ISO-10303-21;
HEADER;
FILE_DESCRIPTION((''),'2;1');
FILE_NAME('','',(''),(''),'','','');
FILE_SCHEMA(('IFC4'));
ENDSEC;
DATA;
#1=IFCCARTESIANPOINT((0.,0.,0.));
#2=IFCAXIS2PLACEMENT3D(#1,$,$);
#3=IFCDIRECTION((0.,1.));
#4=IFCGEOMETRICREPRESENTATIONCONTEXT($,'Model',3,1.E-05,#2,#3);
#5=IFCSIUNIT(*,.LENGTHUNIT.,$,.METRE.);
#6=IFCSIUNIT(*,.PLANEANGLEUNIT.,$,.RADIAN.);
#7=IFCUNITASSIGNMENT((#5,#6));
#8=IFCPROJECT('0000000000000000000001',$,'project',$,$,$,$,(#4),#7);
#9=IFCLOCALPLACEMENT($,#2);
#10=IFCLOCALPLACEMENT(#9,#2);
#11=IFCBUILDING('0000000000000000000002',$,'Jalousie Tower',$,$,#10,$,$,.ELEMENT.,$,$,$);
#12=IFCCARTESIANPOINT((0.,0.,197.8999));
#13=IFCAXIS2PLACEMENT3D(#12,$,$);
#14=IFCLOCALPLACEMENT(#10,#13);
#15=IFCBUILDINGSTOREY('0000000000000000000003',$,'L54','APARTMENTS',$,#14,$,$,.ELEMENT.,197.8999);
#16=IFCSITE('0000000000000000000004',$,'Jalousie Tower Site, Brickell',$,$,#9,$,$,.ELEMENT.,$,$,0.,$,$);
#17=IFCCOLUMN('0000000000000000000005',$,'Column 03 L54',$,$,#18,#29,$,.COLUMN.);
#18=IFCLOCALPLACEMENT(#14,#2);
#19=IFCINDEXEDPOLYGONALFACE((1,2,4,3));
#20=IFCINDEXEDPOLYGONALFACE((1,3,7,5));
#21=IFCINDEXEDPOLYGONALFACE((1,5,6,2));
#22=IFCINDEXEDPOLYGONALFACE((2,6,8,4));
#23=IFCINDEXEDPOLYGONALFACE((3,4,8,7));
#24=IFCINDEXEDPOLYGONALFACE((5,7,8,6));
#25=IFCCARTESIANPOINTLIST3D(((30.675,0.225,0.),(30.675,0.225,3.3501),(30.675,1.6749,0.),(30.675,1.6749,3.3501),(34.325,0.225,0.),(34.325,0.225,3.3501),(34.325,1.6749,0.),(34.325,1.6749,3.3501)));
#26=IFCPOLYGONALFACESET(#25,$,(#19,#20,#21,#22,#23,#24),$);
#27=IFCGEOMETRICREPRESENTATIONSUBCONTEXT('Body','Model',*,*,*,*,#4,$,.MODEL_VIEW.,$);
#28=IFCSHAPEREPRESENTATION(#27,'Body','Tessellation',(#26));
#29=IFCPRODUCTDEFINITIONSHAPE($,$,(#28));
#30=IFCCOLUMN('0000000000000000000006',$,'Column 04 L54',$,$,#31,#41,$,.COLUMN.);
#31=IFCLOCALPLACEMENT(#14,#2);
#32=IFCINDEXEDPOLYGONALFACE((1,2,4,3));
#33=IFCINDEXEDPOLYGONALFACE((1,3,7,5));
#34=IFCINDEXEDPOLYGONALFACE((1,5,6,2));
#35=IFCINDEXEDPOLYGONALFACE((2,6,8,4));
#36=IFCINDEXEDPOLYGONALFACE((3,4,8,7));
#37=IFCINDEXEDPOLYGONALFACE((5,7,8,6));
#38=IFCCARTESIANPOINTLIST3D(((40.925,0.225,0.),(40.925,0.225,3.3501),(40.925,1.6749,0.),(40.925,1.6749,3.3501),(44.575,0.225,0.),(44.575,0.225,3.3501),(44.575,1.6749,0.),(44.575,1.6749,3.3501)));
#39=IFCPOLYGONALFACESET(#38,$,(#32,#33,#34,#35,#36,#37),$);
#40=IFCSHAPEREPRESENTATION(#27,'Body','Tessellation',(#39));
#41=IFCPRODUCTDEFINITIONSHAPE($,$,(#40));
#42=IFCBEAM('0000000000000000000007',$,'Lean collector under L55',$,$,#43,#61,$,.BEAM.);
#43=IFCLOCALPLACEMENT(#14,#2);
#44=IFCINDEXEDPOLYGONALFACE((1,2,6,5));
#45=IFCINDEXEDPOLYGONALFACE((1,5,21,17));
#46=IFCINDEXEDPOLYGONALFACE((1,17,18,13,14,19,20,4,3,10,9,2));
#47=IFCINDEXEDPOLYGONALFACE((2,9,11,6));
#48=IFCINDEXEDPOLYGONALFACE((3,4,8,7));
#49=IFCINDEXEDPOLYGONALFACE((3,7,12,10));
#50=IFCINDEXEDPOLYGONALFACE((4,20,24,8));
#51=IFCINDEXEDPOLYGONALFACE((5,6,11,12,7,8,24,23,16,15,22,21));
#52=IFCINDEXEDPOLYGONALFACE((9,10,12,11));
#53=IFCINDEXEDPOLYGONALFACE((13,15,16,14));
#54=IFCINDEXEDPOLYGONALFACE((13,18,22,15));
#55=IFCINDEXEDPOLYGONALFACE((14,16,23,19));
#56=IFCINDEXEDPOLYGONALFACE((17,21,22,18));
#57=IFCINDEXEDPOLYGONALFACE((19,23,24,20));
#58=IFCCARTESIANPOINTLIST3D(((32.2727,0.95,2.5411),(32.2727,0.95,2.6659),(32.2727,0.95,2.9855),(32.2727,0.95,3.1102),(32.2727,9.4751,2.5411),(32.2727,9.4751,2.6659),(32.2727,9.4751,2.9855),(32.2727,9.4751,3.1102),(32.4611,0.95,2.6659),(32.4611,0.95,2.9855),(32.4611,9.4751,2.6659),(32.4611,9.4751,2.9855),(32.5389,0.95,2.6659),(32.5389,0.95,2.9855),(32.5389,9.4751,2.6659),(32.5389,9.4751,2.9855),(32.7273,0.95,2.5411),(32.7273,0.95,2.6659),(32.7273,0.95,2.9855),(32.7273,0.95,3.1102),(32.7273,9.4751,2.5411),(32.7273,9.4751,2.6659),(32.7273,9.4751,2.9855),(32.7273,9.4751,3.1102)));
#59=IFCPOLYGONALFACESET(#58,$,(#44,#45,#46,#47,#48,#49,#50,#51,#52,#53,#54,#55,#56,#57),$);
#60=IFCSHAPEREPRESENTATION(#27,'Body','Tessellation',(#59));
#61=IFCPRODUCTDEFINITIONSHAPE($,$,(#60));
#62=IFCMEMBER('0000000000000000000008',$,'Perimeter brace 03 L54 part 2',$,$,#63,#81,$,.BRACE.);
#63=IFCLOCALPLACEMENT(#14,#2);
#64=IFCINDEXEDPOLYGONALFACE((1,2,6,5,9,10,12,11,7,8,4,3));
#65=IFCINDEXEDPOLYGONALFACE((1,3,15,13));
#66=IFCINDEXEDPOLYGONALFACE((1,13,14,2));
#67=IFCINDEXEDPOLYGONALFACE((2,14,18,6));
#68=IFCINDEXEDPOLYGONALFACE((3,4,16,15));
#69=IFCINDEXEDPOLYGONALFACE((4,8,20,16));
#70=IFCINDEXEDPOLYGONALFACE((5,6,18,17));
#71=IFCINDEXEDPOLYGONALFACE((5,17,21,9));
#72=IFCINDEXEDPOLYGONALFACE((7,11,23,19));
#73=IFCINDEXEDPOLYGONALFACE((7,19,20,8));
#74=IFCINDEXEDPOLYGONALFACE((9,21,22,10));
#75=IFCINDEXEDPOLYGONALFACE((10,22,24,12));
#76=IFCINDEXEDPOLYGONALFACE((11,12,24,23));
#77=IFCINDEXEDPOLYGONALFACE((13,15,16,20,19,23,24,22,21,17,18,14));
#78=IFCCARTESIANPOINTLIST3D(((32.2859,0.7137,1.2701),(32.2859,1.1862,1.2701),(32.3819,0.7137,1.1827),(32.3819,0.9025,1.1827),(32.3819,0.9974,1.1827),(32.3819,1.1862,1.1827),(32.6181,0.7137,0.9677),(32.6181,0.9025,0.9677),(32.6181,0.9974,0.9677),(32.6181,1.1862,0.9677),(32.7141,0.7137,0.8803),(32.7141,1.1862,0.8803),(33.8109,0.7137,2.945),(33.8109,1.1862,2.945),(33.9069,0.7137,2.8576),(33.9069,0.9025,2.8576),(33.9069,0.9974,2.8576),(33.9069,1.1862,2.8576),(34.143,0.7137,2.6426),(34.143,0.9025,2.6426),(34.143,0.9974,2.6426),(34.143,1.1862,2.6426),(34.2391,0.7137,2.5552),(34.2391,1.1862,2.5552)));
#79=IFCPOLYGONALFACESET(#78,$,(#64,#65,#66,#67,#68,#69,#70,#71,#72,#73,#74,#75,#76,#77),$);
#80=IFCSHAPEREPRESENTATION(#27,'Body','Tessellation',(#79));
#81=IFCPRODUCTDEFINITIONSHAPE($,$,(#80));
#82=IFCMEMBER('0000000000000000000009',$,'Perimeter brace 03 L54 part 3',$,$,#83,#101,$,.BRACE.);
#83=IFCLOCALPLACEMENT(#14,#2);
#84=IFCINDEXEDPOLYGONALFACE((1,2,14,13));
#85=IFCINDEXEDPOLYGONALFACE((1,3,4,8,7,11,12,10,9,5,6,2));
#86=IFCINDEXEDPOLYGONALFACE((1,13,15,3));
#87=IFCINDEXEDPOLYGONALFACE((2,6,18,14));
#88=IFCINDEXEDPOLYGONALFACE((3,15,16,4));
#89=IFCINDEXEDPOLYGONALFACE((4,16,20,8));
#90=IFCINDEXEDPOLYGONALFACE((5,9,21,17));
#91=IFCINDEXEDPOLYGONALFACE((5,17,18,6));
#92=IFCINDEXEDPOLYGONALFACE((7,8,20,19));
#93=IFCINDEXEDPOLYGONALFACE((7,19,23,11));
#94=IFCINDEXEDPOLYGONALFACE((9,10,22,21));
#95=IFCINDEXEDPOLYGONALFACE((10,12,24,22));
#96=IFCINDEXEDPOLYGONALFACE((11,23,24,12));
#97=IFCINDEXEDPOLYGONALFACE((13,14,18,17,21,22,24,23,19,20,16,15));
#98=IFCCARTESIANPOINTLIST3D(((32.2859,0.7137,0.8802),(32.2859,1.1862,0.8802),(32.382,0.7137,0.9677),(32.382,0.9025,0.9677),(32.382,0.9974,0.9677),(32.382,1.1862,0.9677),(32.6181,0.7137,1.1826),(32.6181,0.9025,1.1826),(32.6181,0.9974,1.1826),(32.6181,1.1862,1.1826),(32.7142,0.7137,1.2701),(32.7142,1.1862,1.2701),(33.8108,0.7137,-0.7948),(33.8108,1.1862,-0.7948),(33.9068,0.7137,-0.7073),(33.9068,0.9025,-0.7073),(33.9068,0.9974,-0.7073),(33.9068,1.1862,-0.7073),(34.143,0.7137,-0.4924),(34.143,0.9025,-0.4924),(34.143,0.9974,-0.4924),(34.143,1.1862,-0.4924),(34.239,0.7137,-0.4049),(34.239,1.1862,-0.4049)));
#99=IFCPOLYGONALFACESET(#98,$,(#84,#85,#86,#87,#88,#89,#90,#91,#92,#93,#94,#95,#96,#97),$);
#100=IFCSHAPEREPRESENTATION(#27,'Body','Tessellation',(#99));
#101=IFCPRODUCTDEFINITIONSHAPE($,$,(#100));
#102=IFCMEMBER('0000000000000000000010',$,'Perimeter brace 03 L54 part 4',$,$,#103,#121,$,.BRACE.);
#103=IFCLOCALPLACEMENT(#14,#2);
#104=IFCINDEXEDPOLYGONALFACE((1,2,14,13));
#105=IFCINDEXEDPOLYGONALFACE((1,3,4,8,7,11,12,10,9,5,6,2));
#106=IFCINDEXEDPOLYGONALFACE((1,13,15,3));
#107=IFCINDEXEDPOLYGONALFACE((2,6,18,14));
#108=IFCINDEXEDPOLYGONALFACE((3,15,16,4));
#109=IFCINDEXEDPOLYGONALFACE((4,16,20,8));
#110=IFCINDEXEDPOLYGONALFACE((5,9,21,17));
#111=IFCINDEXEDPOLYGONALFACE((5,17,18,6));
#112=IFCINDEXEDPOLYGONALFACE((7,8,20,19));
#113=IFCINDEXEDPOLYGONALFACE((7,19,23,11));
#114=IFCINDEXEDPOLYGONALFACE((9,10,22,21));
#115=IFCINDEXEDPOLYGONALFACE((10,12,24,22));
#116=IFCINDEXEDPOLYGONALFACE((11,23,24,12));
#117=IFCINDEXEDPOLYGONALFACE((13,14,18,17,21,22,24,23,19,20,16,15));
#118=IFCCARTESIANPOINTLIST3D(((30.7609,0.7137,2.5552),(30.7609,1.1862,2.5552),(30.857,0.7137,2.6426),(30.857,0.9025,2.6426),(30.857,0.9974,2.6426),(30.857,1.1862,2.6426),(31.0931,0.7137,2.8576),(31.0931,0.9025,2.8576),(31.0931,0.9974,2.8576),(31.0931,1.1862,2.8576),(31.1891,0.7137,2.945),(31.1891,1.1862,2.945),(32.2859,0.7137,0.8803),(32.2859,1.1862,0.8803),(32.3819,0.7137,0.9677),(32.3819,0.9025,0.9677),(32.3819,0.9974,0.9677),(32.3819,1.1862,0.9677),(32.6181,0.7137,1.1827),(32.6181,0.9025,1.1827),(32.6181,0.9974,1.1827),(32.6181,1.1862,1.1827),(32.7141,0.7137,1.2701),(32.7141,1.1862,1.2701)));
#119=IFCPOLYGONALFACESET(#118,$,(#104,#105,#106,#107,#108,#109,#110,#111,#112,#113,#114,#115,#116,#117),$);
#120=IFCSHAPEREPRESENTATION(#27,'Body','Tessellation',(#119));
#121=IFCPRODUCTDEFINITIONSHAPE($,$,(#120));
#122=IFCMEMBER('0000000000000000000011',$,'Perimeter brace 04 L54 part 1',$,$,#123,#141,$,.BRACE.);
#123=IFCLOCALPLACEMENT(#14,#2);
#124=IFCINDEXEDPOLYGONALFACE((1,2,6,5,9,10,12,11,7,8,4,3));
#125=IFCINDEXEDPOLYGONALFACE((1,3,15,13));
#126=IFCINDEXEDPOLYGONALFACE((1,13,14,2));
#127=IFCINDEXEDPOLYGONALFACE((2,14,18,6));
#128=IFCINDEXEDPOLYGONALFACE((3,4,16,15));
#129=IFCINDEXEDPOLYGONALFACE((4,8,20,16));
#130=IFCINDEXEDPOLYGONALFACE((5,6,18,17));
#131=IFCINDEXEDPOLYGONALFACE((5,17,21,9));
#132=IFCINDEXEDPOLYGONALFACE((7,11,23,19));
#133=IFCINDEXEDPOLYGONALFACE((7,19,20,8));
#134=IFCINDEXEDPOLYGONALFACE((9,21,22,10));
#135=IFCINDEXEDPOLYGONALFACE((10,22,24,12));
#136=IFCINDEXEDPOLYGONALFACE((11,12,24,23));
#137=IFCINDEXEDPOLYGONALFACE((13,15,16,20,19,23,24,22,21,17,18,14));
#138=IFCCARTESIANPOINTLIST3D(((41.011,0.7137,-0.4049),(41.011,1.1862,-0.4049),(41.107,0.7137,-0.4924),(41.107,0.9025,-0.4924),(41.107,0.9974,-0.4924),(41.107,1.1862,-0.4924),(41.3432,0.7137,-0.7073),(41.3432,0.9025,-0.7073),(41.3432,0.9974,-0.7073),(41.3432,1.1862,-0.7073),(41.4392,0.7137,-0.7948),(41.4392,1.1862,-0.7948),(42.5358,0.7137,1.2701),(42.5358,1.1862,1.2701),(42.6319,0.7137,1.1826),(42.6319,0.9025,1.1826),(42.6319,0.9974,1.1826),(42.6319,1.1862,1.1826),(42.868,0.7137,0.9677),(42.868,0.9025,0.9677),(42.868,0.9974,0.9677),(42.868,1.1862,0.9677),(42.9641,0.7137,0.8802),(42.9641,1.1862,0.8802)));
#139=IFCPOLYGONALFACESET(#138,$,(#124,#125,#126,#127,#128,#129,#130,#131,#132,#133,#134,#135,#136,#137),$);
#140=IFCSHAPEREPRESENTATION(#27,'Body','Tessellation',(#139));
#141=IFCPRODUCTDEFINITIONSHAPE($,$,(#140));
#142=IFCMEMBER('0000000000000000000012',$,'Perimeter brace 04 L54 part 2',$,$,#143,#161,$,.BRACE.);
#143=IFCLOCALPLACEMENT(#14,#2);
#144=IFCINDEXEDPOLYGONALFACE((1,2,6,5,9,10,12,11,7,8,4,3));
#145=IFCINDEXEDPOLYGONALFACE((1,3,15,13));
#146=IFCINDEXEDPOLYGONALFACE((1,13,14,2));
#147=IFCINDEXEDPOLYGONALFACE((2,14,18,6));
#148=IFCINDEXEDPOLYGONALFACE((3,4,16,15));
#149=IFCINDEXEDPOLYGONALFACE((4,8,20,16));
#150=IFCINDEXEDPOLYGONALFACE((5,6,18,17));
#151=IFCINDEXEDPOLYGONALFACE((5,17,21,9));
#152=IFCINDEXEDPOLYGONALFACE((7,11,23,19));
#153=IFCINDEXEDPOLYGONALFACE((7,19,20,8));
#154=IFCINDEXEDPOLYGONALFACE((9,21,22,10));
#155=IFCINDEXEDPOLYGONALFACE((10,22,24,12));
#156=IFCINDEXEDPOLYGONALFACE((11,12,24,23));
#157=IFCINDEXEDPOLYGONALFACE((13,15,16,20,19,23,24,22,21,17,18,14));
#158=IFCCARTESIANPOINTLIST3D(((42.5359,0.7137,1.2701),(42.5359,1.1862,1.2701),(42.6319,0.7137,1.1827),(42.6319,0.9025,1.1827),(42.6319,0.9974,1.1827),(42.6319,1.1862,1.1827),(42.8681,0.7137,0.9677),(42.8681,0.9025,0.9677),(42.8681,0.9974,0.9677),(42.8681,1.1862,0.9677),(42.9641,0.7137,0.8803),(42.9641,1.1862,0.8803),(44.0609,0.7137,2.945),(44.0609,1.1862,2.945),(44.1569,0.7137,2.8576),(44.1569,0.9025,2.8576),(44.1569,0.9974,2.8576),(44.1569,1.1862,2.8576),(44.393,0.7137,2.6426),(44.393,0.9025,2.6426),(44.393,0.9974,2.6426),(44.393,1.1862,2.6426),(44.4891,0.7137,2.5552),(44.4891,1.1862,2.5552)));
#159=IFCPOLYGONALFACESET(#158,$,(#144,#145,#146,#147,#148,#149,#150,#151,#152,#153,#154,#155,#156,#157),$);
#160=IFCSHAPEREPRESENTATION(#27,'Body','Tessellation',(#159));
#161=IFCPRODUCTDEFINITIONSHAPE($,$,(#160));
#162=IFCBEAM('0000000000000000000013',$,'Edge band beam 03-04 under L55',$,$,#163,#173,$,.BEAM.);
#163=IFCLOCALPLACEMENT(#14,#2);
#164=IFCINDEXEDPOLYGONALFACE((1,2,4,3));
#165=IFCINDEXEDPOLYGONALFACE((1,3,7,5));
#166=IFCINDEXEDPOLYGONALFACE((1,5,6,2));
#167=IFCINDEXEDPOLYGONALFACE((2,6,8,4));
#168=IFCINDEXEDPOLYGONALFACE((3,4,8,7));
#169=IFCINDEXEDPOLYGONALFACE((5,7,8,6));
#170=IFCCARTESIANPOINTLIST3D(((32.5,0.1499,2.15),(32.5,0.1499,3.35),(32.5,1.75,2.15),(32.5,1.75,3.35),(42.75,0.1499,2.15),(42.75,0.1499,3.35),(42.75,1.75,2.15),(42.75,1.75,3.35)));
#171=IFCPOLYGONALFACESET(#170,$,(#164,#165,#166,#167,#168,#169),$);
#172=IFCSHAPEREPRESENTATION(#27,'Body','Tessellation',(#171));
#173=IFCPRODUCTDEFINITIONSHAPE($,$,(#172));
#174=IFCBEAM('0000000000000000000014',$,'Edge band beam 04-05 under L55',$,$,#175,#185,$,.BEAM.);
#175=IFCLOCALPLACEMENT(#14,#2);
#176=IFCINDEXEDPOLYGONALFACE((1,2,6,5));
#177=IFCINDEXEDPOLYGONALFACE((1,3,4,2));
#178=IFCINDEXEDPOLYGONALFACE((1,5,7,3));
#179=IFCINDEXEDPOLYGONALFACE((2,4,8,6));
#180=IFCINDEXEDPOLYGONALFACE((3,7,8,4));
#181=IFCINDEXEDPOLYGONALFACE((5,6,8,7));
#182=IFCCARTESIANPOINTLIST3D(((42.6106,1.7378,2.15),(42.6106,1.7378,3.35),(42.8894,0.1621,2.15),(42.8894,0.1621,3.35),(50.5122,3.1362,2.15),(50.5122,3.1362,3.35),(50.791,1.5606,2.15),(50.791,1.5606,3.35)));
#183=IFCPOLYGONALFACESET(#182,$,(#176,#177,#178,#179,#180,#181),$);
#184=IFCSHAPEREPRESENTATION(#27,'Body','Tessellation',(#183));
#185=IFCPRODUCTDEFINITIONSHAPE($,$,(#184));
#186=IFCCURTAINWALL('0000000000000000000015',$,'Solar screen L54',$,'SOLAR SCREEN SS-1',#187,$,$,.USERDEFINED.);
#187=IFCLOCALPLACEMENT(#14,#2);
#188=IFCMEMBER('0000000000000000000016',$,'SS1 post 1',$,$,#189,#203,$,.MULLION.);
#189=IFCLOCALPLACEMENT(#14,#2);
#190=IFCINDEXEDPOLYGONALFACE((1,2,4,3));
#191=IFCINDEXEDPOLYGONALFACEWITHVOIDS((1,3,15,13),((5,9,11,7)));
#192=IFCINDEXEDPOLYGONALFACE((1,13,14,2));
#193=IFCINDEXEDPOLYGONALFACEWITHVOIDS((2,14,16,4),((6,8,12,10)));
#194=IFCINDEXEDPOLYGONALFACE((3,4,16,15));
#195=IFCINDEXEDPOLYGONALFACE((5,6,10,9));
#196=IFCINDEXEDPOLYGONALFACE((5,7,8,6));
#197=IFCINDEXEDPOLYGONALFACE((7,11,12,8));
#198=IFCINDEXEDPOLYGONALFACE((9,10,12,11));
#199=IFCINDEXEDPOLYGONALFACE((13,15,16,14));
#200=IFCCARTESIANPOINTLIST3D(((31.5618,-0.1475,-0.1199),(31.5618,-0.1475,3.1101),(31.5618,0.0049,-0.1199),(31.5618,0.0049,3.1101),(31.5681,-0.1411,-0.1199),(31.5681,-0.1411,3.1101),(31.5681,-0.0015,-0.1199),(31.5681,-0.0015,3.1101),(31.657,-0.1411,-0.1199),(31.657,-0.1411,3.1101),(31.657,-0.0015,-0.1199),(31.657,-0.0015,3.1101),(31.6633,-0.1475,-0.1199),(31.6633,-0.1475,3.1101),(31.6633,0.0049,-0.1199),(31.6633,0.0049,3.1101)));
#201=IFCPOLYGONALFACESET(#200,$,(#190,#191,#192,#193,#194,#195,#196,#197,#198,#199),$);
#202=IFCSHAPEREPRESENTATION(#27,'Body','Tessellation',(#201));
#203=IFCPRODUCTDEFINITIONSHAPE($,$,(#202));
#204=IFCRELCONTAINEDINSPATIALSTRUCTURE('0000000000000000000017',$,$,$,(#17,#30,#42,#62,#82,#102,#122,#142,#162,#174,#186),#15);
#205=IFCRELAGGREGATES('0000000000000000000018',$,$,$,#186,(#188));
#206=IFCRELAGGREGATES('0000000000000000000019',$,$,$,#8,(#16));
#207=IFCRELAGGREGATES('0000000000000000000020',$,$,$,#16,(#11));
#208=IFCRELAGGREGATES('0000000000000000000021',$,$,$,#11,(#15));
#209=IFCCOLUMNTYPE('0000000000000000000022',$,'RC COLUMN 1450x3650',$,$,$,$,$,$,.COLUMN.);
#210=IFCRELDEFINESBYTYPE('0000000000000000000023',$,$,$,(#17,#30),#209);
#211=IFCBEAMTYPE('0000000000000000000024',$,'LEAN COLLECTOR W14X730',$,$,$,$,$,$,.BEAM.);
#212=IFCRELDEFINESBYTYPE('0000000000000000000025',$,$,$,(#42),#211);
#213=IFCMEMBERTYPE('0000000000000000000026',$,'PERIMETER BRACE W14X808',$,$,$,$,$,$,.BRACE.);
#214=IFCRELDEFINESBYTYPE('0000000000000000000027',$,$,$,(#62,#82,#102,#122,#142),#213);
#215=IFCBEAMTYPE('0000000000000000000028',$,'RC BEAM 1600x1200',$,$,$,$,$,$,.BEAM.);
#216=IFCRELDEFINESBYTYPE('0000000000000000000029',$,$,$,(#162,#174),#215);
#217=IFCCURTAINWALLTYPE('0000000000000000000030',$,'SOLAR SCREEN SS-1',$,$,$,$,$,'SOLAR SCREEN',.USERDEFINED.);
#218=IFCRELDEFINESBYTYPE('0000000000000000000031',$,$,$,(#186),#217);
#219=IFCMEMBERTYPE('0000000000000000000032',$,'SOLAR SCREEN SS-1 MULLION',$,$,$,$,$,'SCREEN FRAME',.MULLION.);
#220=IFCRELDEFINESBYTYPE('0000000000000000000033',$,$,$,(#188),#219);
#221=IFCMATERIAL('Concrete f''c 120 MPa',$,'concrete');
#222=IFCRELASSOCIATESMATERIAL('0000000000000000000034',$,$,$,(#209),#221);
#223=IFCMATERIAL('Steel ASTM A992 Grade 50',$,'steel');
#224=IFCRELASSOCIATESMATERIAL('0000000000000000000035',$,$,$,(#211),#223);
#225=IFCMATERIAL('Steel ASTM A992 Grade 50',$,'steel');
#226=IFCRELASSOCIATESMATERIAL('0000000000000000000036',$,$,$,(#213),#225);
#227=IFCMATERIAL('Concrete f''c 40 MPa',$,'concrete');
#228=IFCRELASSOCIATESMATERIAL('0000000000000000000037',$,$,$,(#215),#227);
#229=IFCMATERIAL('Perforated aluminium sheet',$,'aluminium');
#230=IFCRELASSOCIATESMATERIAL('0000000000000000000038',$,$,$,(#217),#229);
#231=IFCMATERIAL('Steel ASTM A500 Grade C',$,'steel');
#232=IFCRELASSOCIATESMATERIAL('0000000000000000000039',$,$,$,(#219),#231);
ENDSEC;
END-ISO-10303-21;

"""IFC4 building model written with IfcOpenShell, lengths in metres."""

from ifc_helpers import new_model, si_unit, direction, frame, origin, origin_2d, place, context, subcontext, project, spatial, rectangle, hollow_rectangle, i_section, extrude, material, material_profile, profile_set, type_object, element, aggregate, save


model = new_model("IFC4")

# Units and contexts
model_context = context("Model", 3, precision=1e-05, world=origin(), true_north=direction((0.0, 1.0)))
body_context = subcontext(model_context, "Body", "Model", "MODEL_VIEW")
ifc_project = project(units=[si_unit("LENGTHUNIT", "METRE"), si_unit("PLANEANGLEUNIT", "RADIAN")], contexts=[model_context])

# Site, building, storey
site_placement = place(None, origin())
site = spatial("IfcSite", under=ifc_project, at=site_placement, Name="Jalousie Tower Site, Brickell", CompositionType="ELEMENT", RefElevation=0.0)
building_placement = place(site_placement, origin())
building = spatial("IfcBuilding", under=site, at=building_placement, Name="Jalousie Tower", CompositionType="ELEMENT")
storey_placement = place(building_placement, frame((0.0, 0.0, 197.8999)))
storey = spatial("IfcBuildingStorey", under=building, at=storey_placement, Name="L54", Description="APARTMENTS", CompositionType="ELEMENT", Elevation=197.8999)

# Columns
ifc_material_1 = material(Name="Concrete f'c 120 MPa", Category="concrete")
ifc_material_profile_1 = material_profile(ifc_material_1, rectangle(XDim=1.45, YDim=3.6499, at=origin_2d()), Name="RC 1450x3650")
ifc_profile_set_1 = profile_set([ifc_material_profile_1], Name="Concrete f'c 120 MPa")
column_type = type_object("IfcColumnType", Name="RC COLUMN 1450x3650", PredefinedType="COLUMN", material=ifc_profile_set_1)
for number, where, z_axis, x_axis, name in (
    (1, (32.5, 0.95, 0.0), (0.0, 0.0, 1.0), (0.0, 1.0, 0.0), "Column 03 L54"),
    (2, (42.75, 0.95, 0.0), (0.0, 0.0, 1.0), (0.0, 1.0, 0.0), "Column 04 L54"),
):
    element("IfcColumn", number, at=place(storey_placement, frame(where, z_axis=z_axis, x_axis=x_axis)), inside=storey, type_object=column_type, Name=name, PredefinedType="COLUMN", context=body_context, shape_type="SweptSolid", body=[
        extrude(rectangle(XDim=1.45, YDim=3.6499, at=origin_2d()), origin(), (0.0, 0.0, 1.0), 3.3501),
    ])

# Beam
ifc_material_2 = material(Name="Steel ASTM A992 Grade 50", Category="steel")
ifc_material_profile_2 = material_profile(ifc_material_2, i_section(OverallWidth=0.4546, OverallDepth=0.5691, WebThickness=0.0779, FlangeThickness=0.1248, at=origin_2d()), Name="W14X730")
ifc_profile_set_2 = profile_set([ifc_material_profile_2], Name="Steel ASTM A992 Grade 50")
beam_type_1 = type_object("IfcBeamType", Name="LEAN COLLECTOR W14X730", PredefinedType="BEAM", material=ifc_profile_set_2)
beam_1_placement = place(storey_placement, frame((32.5, 0.95, 2.8257), z_axis=(0.0, 1.0, 0.0), x_axis=(-1.0, 0.0, 0.0)))
element("IfcBeam", 3, at=beam_1_placement, inside=storey, type_object=beam_type_1, Name="Lean collector under L55", PredefinedType="BEAM", context=body_context, shape_type="SweptSolid", body=[
    extrude(i_section(OverallWidth=0.4546, OverallDepth=0.5691, WebThickness=0.0779, FlangeThickness=0.1248, at=origin_2d()), origin(), (0.0, 0.0, 1.0), 8.5251),
])

# Members
ifc_material_3 = material(Name="Steel ASTM A992 Grade 50", Category="steel")
ifc_material_profile_3 = material_profile(ifc_material_3, i_section(OverallWidth=0.4724, OverallDepth=0.5791, WebThickness=0.095, FlangeThickness=0.1299, at=origin_2d()), Name="W14X808")
ifc_profile_set_3 = profile_set([ifc_material_profile_3], Name="Steel ASTM A992 Grade 50")
member_type_1 = type_object("IfcMemberType", Name="PERIMETER BRACE W14X808", PredefinedType="BRACE", material=ifc_profile_set_3)
for number, where, z_axis, x_axis, name in (
    (4, (32.5, 0.95, 1.0752), (0.673241, 0.0, 0.739423), (0.0, 1.0, 0.0), "Perimeter brace 03 L54 part 2"),
    (5, (34.0249, 0.95, -0.5999), (-0.673188, 0.0, 0.739472), (0.0, -1.0, 0.0), "Perimeter brace 03 L54 part 3"),
    (6, (32.5, 0.95, 1.0752), (-0.673241, 0.0, 0.739423), (0.0, -1.0, 0.0), "Perimeter brace 03 L54 part 4"),
    (7, (41.2251, 0.95, -0.5999), (0.673188, 0.0, 0.739472), (0.0, 1.0, 0.0), "Perimeter brace 04 L54 part 1"),
    (8, (42.75, 0.95, 1.0752), (0.673241, 0.0, 0.739423), (0.0, 1.0, 0.0), "Perimeter brace 04 L54 part 2"),
):
    element("IfcMember", number, at=place(storey_placement, frame(where, z_axis=z_axis, x_axis=x_axis)), inside=storey, type_object=member_type_1, Name=name, PredefinedType="BRACE", context=body_context, shape_type="SweptSolid", body=[
        extrude(i_section(OverallWidth=0.4724, OverallDepth=0.5791, WebThickness=0.095, FlangeThickness=0.1299, at=origin_2d()), origin(), (0.0, 0.0, 1.0), 2.2651),
    ])

# Beams
ifc_material_4 = material(Name="Concrete f'c 40 MPa", Category="concrete")
ifc_material_profile_4 = material_profile(ifc_material_4, rectangle(XDim=1.6001, YDim=1.2, at=origin_2d()), Name="RC 1600x1200")
ifc_profile_set_4 = profile_set([ifc_material_profile_4], Name="Concrete f'c 40 MPa")
beam_type_2 = type_object("IfcBeamType", Name="RC BEAM 1600x1200", PredefinedType="BEAM", material=ifc_profile_set_4)
beam_2_placement = place(storey_placement, frame((32.5, 0.95, 2.75), z_axis=(1.0, 0.0, 0.0), x_axis=(0.0, 1.0, 0.0)))
element("IfcBeam", 9, at=beam_2_placement, inside=storey, type_object=beam_type_2, Name="Edge band beam 03-04 under L55", PredefinedType="BEAM", context=body_context, shape_type="SweptSolid", body=[
    extrude(rectangle(XDim=1.6001, YDim=1.2, at=origin_2d()), origin(), (0.0, 0.0, 1.0), 10.25),
])
beam_3_placement = place(storey_placement, frame((42.75, 0.95, 2.75), z_axis=(0.984697, 0.174273, 0.0), x_axis=(-0.174273, 0.984697, 0.0)))
element("IfcBeam", 10, at=beam_3_placement, inside=storey, type_object=beam_type_2, Name="Edge band beam 04-05 under L55", PredefinedType="BEAM", context=body_context, shape_type="SweptSolid", body=[
    extrude(rectangle(XDim=1.6001, YDim=1.2, at=origin_2d()), origin(), (0.0, 0.0, 1.0), 8.0244),
])

# Curtain wall, member
ifc_material_5 = material(Name="Perforated aluminium sheet", Category="aluminium")
curtain_wall_type = type_object("IfcCurtainWallType", Name="SOLAR SCREEN SS-1", ElementType="SOLAR SCREEN", PredefinedType="USERDEFINED", material=ifc_material_5)
curtain_wall_1_placement = place(storey_placement, origin())
curtain_wall_1 = element("IfcCurtainWall", 11, at=curtain_wall_1_placement, inside=storey, type_object=curtain_wall_type, Name="Solar screen L54", ObjectType="SOLAR SCREEN SS-1", PredefinedType="USERDEFINED")
ifc_material_6 = material(Name="Steel ASTM A500 Grade C", Category="steel")
ifc_material_profile_5 = material_profile(ifc_material_6, hollow_rectangle(XDim=0.1016, YDim=0.1523, WallThickness=0.0063, at=origin_2d()), Name="HSS6X4X1/4")
ifc_profile_set_5 = profile_set([ifc_material_profile_5], Name="Steel ASTM A500 Grade C")
member_type_2 = type_object("IfcMemberType", Name="SOLAR SCREEN SS-1 MULLION", ElementType="SCREEN FRAME", PredefinedType="MULLION", material=ifc_profile_set_5)
member_1_placement = place(storey_placement, frame((31.6125, -0.0713, -0.1199), z_axis=(0.0, 0.0, 1.0), x_axis=(1.0, 0.0, 0.0)))
member_1 = element("IfcMember", 12, at=member_1_placement, type_object=member_type_2, Name="SS1 post 1", PredefinedType="MULLION", context=body_context, shape_type="SweptSolid", body=[
    extrude(hollow_rectangle(XDim=0.1016, YDim=0.1523, WallThickness=0.0063, at=origin_2d()), origin(), (0.0, 0.0, 1.0), 3.23),
])

aggregate(curtain_wall_1, [member_1])

save(model, "model.ifc")
